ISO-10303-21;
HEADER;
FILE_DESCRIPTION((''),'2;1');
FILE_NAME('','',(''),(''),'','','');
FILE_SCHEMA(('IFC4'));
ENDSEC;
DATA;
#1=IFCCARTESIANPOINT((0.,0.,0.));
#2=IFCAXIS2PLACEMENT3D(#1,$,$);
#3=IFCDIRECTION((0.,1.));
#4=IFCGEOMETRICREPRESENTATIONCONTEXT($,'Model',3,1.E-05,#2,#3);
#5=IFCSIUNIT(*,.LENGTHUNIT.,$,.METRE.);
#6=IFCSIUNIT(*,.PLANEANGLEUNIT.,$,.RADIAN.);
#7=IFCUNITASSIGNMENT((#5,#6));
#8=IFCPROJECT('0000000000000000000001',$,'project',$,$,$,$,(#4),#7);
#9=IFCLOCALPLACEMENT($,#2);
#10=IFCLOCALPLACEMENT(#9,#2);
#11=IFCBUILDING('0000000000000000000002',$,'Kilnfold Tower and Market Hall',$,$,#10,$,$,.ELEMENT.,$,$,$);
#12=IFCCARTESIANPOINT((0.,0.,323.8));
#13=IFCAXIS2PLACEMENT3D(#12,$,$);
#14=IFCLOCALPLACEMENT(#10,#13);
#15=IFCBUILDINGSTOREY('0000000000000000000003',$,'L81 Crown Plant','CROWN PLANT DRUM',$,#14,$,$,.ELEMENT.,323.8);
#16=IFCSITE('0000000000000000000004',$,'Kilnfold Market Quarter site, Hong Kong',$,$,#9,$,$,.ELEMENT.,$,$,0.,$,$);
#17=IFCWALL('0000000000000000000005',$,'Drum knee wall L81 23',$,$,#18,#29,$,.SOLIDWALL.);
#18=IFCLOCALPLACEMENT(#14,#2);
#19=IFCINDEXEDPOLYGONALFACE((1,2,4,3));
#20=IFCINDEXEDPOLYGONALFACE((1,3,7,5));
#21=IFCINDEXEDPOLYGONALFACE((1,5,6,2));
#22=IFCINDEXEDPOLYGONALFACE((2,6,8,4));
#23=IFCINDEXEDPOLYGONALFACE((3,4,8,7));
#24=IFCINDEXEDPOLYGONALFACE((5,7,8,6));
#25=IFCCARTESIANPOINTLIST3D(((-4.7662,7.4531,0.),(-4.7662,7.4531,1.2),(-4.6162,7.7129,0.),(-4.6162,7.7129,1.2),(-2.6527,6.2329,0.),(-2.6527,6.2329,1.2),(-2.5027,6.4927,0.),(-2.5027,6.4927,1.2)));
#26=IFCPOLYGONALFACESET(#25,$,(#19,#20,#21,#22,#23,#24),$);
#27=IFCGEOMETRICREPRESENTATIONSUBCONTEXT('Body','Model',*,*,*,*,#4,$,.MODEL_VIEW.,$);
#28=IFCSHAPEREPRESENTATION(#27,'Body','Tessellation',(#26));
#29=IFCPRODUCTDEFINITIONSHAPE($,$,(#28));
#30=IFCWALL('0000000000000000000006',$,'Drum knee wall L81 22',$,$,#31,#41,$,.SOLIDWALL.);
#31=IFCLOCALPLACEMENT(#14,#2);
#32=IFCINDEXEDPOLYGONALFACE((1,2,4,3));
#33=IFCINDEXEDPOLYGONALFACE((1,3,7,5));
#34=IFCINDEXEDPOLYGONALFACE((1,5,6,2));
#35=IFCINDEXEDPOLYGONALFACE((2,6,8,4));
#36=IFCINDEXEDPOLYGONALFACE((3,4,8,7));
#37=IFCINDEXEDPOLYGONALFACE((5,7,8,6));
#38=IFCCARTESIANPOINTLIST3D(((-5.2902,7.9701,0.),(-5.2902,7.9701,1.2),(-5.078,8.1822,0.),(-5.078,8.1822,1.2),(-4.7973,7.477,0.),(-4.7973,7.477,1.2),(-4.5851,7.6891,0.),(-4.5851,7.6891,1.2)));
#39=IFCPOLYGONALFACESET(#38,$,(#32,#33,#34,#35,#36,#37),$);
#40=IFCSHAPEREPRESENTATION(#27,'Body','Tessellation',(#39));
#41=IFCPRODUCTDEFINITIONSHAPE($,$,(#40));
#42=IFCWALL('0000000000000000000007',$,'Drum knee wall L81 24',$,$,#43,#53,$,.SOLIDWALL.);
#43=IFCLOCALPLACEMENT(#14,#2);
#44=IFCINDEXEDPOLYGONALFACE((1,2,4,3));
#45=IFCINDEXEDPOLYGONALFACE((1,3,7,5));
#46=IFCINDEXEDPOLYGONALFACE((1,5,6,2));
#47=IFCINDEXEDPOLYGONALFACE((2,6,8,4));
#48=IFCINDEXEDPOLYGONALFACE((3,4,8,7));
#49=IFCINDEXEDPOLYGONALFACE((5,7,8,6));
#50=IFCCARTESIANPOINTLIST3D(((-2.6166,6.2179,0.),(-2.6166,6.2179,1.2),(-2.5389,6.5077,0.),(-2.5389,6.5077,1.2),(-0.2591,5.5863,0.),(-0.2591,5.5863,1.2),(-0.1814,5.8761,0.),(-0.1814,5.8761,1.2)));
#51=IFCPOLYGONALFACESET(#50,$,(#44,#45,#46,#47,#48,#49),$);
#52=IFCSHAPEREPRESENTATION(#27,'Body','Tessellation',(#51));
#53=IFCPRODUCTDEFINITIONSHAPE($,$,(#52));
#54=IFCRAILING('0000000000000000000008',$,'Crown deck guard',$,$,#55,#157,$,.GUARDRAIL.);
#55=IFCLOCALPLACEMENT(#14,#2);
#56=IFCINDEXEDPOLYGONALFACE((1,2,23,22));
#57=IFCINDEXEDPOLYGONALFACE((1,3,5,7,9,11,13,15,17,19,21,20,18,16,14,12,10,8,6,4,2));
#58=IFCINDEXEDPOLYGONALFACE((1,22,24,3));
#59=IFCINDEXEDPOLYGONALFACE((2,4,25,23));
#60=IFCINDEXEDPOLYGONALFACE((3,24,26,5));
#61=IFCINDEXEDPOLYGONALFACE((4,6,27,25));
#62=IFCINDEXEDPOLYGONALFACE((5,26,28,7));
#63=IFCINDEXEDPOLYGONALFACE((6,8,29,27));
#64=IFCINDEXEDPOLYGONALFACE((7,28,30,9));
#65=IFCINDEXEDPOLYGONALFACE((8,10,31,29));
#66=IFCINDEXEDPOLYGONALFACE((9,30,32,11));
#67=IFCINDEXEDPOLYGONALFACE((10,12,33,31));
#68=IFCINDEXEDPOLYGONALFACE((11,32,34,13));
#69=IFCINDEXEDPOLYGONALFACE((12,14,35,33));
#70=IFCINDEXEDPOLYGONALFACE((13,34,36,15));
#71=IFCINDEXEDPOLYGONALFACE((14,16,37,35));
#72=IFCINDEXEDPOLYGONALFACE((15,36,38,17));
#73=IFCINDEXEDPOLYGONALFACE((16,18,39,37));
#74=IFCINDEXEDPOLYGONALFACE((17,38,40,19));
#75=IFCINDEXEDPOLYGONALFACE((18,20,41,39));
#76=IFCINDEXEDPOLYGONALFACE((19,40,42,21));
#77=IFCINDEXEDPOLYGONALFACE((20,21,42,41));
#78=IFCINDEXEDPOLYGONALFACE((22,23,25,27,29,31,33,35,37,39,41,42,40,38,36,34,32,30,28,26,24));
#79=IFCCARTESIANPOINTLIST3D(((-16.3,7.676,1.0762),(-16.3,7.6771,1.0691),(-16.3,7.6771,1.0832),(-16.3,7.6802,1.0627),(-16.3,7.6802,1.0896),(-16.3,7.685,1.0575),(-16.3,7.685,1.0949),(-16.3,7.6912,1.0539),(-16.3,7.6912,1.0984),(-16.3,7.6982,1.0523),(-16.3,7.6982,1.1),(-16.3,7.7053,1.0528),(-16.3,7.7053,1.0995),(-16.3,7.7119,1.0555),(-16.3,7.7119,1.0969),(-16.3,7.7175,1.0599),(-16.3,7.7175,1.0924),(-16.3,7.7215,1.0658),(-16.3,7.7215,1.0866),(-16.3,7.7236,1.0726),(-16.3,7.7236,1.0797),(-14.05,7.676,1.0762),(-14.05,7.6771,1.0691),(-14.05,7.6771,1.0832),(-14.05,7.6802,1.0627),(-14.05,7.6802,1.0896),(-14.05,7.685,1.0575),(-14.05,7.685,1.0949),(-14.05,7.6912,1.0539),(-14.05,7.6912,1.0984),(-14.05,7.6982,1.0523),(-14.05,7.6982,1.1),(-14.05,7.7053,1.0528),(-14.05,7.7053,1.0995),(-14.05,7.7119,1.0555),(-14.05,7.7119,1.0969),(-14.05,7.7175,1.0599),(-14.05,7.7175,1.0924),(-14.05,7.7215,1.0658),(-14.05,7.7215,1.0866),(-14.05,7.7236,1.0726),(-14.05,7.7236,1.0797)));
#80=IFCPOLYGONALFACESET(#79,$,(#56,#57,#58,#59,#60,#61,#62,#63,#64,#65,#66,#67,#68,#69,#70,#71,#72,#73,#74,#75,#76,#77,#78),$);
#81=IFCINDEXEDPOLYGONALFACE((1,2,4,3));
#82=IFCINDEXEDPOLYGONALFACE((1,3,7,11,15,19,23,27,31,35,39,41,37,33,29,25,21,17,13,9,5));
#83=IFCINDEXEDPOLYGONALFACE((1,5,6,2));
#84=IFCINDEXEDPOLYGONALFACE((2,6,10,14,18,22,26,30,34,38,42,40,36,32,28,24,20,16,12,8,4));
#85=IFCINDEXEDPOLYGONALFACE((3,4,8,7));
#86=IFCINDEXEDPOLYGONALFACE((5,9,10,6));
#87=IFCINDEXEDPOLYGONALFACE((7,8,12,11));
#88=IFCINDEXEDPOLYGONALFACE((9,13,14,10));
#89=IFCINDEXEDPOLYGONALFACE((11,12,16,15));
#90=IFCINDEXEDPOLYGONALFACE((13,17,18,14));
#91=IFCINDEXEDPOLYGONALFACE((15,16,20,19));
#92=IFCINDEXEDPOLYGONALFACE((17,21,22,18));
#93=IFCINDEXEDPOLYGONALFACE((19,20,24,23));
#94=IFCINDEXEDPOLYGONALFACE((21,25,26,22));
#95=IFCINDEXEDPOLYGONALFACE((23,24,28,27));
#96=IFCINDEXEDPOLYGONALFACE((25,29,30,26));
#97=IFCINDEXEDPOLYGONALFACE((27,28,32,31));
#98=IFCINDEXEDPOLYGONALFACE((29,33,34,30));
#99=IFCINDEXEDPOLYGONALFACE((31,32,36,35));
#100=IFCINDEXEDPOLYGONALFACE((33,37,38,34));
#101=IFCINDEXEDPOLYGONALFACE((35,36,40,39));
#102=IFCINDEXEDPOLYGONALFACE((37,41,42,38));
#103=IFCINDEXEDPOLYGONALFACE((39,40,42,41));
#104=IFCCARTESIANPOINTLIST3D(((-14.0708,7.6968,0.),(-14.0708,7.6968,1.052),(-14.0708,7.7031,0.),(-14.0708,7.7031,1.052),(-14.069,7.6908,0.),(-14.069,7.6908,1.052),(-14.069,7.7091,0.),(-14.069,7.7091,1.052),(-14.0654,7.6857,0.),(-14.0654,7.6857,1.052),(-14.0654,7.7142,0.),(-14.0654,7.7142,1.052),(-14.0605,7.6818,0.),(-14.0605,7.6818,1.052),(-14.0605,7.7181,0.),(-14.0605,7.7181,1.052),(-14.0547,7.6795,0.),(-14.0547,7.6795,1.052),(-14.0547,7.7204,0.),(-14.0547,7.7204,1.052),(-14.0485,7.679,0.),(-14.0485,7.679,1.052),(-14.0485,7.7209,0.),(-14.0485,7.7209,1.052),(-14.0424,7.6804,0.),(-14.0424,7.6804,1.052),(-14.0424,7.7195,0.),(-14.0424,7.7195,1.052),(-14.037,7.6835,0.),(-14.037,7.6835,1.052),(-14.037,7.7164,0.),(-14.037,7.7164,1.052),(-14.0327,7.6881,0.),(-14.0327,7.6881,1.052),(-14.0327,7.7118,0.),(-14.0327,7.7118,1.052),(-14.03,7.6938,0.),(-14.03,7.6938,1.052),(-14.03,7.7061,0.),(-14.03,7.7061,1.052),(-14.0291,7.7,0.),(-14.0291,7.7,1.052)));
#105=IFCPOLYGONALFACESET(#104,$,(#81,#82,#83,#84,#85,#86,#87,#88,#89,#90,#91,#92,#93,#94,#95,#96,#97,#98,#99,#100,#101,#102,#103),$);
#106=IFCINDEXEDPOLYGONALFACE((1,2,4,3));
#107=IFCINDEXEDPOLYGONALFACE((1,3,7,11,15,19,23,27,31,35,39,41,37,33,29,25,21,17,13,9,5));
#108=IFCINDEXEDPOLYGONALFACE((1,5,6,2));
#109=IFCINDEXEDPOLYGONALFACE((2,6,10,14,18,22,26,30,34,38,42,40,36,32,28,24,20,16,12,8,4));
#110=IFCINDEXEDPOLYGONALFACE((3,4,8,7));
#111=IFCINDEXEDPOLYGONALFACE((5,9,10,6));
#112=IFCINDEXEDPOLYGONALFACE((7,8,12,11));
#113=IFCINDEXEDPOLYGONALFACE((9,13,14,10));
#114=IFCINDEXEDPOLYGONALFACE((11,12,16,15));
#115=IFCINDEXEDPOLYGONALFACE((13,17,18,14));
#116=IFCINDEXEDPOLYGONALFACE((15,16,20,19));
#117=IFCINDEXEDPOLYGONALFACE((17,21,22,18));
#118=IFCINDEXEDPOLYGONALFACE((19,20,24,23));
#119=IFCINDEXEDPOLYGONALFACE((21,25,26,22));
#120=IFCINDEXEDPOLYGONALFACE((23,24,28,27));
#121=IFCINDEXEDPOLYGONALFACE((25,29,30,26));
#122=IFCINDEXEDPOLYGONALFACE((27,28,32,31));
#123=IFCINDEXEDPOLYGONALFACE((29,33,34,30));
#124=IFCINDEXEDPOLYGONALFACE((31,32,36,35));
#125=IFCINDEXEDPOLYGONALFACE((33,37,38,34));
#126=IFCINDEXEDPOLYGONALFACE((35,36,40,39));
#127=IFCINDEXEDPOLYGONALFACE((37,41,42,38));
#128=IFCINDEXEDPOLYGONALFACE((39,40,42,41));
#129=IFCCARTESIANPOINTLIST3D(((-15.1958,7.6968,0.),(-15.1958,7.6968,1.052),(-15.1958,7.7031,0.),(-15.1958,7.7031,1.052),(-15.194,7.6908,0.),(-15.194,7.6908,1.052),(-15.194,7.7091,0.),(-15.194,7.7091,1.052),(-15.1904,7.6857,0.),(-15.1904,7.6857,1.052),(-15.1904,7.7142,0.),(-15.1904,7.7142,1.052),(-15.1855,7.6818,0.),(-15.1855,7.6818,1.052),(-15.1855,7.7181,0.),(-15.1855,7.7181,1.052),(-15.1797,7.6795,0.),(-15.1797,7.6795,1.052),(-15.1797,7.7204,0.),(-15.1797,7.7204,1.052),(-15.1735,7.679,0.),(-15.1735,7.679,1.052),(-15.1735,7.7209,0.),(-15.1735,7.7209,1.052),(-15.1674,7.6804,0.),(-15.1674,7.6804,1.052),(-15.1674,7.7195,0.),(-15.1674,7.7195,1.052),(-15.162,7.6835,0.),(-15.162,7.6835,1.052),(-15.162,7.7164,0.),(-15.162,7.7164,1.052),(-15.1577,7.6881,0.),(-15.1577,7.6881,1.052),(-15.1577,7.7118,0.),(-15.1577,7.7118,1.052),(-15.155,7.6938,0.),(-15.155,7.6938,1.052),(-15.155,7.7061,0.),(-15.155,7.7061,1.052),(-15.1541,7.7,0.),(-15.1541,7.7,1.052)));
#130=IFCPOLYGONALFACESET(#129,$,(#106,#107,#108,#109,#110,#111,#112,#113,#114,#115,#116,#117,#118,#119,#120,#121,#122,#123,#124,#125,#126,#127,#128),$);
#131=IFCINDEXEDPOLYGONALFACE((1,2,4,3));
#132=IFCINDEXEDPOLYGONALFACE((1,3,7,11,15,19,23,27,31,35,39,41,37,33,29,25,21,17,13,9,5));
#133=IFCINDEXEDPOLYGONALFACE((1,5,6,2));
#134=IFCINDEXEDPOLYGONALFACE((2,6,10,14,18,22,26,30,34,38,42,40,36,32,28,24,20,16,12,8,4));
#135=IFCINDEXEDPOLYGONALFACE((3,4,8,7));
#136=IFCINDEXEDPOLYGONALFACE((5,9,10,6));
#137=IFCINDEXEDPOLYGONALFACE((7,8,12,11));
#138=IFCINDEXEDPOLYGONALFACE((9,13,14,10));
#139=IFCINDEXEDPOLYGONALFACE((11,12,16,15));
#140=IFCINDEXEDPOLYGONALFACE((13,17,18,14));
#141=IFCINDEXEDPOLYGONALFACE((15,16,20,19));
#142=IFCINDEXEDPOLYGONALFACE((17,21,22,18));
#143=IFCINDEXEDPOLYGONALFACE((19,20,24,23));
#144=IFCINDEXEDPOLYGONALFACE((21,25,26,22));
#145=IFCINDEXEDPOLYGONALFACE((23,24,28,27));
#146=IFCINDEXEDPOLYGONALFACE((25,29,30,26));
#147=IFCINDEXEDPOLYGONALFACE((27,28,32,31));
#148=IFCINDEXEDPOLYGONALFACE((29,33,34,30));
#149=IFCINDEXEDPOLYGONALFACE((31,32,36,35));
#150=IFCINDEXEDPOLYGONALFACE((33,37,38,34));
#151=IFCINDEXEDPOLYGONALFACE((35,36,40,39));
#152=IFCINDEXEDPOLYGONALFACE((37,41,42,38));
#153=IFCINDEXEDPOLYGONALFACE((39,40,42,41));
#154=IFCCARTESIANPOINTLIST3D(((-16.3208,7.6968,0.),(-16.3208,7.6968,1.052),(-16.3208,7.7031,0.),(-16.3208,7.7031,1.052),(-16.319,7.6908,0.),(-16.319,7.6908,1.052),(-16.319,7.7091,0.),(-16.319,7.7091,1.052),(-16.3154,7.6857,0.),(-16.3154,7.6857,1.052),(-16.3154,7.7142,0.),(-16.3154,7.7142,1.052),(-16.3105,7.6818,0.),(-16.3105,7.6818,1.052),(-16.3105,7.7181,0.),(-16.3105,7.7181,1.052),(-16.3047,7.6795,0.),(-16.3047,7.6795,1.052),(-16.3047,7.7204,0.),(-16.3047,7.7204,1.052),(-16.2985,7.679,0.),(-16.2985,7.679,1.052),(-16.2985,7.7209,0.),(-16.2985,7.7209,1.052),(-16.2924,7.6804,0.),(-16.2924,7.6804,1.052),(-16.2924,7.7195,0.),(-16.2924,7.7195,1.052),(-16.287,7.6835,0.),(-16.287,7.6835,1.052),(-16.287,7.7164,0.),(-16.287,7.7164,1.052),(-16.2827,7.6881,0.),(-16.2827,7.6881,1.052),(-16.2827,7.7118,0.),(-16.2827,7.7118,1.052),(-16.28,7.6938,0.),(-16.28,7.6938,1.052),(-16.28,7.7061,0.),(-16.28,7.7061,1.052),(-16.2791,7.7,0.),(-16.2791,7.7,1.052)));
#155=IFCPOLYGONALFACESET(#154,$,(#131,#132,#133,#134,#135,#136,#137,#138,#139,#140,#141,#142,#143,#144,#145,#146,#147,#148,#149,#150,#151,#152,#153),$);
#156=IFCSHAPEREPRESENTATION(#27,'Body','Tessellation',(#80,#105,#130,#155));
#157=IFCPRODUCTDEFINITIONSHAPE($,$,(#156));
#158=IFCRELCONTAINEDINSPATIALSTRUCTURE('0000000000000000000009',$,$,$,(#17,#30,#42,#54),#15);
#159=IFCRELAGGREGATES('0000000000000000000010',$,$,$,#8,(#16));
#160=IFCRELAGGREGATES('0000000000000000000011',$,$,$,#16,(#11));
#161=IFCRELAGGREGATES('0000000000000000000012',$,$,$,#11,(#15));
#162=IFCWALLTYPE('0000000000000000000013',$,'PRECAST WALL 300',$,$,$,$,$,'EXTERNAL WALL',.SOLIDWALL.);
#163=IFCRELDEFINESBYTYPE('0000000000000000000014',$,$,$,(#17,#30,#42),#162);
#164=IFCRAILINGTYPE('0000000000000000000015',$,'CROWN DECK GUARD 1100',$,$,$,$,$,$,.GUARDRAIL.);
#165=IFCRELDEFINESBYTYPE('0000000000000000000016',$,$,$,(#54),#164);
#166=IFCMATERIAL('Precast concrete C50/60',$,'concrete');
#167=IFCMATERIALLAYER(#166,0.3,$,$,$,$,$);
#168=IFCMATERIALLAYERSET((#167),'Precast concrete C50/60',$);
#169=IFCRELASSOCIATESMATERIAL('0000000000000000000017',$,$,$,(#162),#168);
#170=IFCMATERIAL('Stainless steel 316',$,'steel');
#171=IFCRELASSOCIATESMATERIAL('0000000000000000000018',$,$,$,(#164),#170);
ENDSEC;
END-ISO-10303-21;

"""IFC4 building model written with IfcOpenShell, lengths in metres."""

from ifc_helpers import new_model, si_unit, direction, frame, frame_2d, origin, origin_2d, place, context, subcontext, project, spatial, rectangle, circle, extrude, source, transform, mapped, material, layer, layer_set, type_object, element, save


model = new_model("IFC4")

# Units and contexts
model_context = context("Model", 3, precision=1e-05, world=origin(), true_north=direction((0.0, 1.0)))
body_context = subcontext(model_context, "Body", "Model", "MODEL_VIEW")
ifc_project = project(units=[si_unit("LENGTHUNIT", "METRE"), si_unit("PLANEANGLEUNIT", "RADIAN")], contexts=[model_context])

# Site, building, storey
site_placement = place(None, origin())
site = spatial("IfcSite", under=ifc_project, at=site_placement, Name="Kilnfold Market Quarter site, Hong Kong", CompositionType="ELEMENT", RefElevation=0.0)
building_placement = place(site_placement, origin())
building = spatial("IfcBuilding", under=site, at=building_placement, Name="Kilnfold Tower and Market Hall", CompositionType="ELEMENT")
storey_placement = place(building_placement, frame((0.0, 0.0, 323.8)))
storey = spatial("IfcBuildingStorey", under=building, at=storey_placement, Name="L81 Crown Plant", Description="CROWN PLANT DRUM", CompositionType="ELEMENT", Elevation=323.8)

# Walls
ifc_material_1 = material(Name="Precast concrete C50/60", Category="concrete")
ifc_layer_1 = layer(ifc_material_1, 0.3)
ifc_layer_set_1 = layer_set([ifc_layer_1], Name="Precast concrete C50/60")
wall_type_1 = type_object("IfcWallType", Name="PRECAST WALL 300", ElementType="EXTERNAL WALL", PredefinedType="SOLIDWALL", material=ifc_layer_set_1)
shared_shape_1 = source(origin(), body_context, "Body", "SweptSolid", [
    extrude(rectangle(XDim=2.4404, YDim=0.3, at=frame_2d((1.2202, 0.0))), origin(), (0.0, 0.0, 1.0), 1.2),
])
wall_1_placement = place(storey_placement, frame((-4.6912, 7.583, 0.0), z_axis=(0.0, 0.0, 1.0), x_axis=(0.866031, -0.499991, 0.0)))
element("IfcWall", 1, at=wall_1_placement, inside=storey, type_object=wall_type_1, Name="Drum knee wall L81 23", PredefinedType="SOLIDWALL", context=body_context, shape_type="MappedRepresentation", body=[
    mapped(shared_shape_1, transform((0.0, 0.0, 0.0))),
])
shared_shape_2 = source(origin(), body_context, "Body", "SweptSolid", [
    extrude(rectangle(XDim=0.6973, YDim=0.3, at=frame_2d((0.3486, 0.0))), origin(), (0.0, 0.0, 1.0), 1.2),
])
wall_2_placement = place(storey_placement, frame((-5.1841, 8.0762, 0.0), z_axis=(0.0, 0.0, 1.0), x_axis=(0.706932, -0.707282, 0.0)))
element("IfcWall", 2, at=wall_2_placement, inside=storey, type_object=wall_type_1, Name="Drum knee wall L81 22", PredefinedType="SOLIDWALL", context=body_context, shape_type="MappedRepresentation", body=[
    mapped(shared_shape_2, transform((0.0, 0.0, 0.0))),
])
shared_shape_3 = source(origin(), body_context, "Body", "SweptSolid", [
    extrude(rectangle(XDim=2.4407, YDim=0.3, at=frame_2d((1.2202, 0.0))), origin(), (0.0, 0.0, 1.0), 1.2),
])
wall_3_placement = place(storey_placement, frame((-2.5776, 6.3628, 0.0), z_axis=(0.0, 0.0, 1.0), x_axis=(0.965934, -0.258789, 0.0)))
element("IfcWall", 3, at=wall_3_placement, inside=storey, type_object=wall_type_1, Name="Drum knee wall L81 24", PredefinedType="SOLIDWALL", context=body_context, shape_type="MappedRepresentation", body=[
    mapped(shared_shape_3, transform((0.0, 0.0, 0.0))),
])

# Railing
ifc_material_2 = material(Name="Stainless steel 316", Category="steel")
railing_type = type_object("IfcRailingType", Name="CROWN DECK GUARD 1100", PredefinedType="GUARDRAIL", material=ifc_material_2)
railing_1_placement = place(storey_placement, frame((-14.05, 7.7, 0.0)))
element("IfcRailing", 4, at=railing_1_placement, inside=storey, type_object=railing_type, Name="Crown deck guard", PredefinedType="GUARDRAIL", context=body_context, shape_type="SweptSolid", body=[
    extrude(circle(Radius=0.0239, at=origin_2d()), frame((0.0, 0.0, 1.0762), z_axis=(-1.0, 0.0, 0.0), x_axis=(0.0, -1.0, 0.0)), (0.0, 0.0, 1.0), 2.25),
    extrude(circle(Radius=0.021, at=origin_2d()), origin(), (0.0, 0.0, 1.0), 1.052),
    extrude(circle(Radius=0.021, at=origin_2d()), frame((-1.125, 0.0, 0.0)), (0.0, 0.0, 1.0), 1.052),
    extrude(circle(Radius=0.021, at=origin_2d()), frame((-2.25, 0.0, 0.0)), (0.0, 0.0, 1.0), 1.052),
])

save(model, "model.ifc")
